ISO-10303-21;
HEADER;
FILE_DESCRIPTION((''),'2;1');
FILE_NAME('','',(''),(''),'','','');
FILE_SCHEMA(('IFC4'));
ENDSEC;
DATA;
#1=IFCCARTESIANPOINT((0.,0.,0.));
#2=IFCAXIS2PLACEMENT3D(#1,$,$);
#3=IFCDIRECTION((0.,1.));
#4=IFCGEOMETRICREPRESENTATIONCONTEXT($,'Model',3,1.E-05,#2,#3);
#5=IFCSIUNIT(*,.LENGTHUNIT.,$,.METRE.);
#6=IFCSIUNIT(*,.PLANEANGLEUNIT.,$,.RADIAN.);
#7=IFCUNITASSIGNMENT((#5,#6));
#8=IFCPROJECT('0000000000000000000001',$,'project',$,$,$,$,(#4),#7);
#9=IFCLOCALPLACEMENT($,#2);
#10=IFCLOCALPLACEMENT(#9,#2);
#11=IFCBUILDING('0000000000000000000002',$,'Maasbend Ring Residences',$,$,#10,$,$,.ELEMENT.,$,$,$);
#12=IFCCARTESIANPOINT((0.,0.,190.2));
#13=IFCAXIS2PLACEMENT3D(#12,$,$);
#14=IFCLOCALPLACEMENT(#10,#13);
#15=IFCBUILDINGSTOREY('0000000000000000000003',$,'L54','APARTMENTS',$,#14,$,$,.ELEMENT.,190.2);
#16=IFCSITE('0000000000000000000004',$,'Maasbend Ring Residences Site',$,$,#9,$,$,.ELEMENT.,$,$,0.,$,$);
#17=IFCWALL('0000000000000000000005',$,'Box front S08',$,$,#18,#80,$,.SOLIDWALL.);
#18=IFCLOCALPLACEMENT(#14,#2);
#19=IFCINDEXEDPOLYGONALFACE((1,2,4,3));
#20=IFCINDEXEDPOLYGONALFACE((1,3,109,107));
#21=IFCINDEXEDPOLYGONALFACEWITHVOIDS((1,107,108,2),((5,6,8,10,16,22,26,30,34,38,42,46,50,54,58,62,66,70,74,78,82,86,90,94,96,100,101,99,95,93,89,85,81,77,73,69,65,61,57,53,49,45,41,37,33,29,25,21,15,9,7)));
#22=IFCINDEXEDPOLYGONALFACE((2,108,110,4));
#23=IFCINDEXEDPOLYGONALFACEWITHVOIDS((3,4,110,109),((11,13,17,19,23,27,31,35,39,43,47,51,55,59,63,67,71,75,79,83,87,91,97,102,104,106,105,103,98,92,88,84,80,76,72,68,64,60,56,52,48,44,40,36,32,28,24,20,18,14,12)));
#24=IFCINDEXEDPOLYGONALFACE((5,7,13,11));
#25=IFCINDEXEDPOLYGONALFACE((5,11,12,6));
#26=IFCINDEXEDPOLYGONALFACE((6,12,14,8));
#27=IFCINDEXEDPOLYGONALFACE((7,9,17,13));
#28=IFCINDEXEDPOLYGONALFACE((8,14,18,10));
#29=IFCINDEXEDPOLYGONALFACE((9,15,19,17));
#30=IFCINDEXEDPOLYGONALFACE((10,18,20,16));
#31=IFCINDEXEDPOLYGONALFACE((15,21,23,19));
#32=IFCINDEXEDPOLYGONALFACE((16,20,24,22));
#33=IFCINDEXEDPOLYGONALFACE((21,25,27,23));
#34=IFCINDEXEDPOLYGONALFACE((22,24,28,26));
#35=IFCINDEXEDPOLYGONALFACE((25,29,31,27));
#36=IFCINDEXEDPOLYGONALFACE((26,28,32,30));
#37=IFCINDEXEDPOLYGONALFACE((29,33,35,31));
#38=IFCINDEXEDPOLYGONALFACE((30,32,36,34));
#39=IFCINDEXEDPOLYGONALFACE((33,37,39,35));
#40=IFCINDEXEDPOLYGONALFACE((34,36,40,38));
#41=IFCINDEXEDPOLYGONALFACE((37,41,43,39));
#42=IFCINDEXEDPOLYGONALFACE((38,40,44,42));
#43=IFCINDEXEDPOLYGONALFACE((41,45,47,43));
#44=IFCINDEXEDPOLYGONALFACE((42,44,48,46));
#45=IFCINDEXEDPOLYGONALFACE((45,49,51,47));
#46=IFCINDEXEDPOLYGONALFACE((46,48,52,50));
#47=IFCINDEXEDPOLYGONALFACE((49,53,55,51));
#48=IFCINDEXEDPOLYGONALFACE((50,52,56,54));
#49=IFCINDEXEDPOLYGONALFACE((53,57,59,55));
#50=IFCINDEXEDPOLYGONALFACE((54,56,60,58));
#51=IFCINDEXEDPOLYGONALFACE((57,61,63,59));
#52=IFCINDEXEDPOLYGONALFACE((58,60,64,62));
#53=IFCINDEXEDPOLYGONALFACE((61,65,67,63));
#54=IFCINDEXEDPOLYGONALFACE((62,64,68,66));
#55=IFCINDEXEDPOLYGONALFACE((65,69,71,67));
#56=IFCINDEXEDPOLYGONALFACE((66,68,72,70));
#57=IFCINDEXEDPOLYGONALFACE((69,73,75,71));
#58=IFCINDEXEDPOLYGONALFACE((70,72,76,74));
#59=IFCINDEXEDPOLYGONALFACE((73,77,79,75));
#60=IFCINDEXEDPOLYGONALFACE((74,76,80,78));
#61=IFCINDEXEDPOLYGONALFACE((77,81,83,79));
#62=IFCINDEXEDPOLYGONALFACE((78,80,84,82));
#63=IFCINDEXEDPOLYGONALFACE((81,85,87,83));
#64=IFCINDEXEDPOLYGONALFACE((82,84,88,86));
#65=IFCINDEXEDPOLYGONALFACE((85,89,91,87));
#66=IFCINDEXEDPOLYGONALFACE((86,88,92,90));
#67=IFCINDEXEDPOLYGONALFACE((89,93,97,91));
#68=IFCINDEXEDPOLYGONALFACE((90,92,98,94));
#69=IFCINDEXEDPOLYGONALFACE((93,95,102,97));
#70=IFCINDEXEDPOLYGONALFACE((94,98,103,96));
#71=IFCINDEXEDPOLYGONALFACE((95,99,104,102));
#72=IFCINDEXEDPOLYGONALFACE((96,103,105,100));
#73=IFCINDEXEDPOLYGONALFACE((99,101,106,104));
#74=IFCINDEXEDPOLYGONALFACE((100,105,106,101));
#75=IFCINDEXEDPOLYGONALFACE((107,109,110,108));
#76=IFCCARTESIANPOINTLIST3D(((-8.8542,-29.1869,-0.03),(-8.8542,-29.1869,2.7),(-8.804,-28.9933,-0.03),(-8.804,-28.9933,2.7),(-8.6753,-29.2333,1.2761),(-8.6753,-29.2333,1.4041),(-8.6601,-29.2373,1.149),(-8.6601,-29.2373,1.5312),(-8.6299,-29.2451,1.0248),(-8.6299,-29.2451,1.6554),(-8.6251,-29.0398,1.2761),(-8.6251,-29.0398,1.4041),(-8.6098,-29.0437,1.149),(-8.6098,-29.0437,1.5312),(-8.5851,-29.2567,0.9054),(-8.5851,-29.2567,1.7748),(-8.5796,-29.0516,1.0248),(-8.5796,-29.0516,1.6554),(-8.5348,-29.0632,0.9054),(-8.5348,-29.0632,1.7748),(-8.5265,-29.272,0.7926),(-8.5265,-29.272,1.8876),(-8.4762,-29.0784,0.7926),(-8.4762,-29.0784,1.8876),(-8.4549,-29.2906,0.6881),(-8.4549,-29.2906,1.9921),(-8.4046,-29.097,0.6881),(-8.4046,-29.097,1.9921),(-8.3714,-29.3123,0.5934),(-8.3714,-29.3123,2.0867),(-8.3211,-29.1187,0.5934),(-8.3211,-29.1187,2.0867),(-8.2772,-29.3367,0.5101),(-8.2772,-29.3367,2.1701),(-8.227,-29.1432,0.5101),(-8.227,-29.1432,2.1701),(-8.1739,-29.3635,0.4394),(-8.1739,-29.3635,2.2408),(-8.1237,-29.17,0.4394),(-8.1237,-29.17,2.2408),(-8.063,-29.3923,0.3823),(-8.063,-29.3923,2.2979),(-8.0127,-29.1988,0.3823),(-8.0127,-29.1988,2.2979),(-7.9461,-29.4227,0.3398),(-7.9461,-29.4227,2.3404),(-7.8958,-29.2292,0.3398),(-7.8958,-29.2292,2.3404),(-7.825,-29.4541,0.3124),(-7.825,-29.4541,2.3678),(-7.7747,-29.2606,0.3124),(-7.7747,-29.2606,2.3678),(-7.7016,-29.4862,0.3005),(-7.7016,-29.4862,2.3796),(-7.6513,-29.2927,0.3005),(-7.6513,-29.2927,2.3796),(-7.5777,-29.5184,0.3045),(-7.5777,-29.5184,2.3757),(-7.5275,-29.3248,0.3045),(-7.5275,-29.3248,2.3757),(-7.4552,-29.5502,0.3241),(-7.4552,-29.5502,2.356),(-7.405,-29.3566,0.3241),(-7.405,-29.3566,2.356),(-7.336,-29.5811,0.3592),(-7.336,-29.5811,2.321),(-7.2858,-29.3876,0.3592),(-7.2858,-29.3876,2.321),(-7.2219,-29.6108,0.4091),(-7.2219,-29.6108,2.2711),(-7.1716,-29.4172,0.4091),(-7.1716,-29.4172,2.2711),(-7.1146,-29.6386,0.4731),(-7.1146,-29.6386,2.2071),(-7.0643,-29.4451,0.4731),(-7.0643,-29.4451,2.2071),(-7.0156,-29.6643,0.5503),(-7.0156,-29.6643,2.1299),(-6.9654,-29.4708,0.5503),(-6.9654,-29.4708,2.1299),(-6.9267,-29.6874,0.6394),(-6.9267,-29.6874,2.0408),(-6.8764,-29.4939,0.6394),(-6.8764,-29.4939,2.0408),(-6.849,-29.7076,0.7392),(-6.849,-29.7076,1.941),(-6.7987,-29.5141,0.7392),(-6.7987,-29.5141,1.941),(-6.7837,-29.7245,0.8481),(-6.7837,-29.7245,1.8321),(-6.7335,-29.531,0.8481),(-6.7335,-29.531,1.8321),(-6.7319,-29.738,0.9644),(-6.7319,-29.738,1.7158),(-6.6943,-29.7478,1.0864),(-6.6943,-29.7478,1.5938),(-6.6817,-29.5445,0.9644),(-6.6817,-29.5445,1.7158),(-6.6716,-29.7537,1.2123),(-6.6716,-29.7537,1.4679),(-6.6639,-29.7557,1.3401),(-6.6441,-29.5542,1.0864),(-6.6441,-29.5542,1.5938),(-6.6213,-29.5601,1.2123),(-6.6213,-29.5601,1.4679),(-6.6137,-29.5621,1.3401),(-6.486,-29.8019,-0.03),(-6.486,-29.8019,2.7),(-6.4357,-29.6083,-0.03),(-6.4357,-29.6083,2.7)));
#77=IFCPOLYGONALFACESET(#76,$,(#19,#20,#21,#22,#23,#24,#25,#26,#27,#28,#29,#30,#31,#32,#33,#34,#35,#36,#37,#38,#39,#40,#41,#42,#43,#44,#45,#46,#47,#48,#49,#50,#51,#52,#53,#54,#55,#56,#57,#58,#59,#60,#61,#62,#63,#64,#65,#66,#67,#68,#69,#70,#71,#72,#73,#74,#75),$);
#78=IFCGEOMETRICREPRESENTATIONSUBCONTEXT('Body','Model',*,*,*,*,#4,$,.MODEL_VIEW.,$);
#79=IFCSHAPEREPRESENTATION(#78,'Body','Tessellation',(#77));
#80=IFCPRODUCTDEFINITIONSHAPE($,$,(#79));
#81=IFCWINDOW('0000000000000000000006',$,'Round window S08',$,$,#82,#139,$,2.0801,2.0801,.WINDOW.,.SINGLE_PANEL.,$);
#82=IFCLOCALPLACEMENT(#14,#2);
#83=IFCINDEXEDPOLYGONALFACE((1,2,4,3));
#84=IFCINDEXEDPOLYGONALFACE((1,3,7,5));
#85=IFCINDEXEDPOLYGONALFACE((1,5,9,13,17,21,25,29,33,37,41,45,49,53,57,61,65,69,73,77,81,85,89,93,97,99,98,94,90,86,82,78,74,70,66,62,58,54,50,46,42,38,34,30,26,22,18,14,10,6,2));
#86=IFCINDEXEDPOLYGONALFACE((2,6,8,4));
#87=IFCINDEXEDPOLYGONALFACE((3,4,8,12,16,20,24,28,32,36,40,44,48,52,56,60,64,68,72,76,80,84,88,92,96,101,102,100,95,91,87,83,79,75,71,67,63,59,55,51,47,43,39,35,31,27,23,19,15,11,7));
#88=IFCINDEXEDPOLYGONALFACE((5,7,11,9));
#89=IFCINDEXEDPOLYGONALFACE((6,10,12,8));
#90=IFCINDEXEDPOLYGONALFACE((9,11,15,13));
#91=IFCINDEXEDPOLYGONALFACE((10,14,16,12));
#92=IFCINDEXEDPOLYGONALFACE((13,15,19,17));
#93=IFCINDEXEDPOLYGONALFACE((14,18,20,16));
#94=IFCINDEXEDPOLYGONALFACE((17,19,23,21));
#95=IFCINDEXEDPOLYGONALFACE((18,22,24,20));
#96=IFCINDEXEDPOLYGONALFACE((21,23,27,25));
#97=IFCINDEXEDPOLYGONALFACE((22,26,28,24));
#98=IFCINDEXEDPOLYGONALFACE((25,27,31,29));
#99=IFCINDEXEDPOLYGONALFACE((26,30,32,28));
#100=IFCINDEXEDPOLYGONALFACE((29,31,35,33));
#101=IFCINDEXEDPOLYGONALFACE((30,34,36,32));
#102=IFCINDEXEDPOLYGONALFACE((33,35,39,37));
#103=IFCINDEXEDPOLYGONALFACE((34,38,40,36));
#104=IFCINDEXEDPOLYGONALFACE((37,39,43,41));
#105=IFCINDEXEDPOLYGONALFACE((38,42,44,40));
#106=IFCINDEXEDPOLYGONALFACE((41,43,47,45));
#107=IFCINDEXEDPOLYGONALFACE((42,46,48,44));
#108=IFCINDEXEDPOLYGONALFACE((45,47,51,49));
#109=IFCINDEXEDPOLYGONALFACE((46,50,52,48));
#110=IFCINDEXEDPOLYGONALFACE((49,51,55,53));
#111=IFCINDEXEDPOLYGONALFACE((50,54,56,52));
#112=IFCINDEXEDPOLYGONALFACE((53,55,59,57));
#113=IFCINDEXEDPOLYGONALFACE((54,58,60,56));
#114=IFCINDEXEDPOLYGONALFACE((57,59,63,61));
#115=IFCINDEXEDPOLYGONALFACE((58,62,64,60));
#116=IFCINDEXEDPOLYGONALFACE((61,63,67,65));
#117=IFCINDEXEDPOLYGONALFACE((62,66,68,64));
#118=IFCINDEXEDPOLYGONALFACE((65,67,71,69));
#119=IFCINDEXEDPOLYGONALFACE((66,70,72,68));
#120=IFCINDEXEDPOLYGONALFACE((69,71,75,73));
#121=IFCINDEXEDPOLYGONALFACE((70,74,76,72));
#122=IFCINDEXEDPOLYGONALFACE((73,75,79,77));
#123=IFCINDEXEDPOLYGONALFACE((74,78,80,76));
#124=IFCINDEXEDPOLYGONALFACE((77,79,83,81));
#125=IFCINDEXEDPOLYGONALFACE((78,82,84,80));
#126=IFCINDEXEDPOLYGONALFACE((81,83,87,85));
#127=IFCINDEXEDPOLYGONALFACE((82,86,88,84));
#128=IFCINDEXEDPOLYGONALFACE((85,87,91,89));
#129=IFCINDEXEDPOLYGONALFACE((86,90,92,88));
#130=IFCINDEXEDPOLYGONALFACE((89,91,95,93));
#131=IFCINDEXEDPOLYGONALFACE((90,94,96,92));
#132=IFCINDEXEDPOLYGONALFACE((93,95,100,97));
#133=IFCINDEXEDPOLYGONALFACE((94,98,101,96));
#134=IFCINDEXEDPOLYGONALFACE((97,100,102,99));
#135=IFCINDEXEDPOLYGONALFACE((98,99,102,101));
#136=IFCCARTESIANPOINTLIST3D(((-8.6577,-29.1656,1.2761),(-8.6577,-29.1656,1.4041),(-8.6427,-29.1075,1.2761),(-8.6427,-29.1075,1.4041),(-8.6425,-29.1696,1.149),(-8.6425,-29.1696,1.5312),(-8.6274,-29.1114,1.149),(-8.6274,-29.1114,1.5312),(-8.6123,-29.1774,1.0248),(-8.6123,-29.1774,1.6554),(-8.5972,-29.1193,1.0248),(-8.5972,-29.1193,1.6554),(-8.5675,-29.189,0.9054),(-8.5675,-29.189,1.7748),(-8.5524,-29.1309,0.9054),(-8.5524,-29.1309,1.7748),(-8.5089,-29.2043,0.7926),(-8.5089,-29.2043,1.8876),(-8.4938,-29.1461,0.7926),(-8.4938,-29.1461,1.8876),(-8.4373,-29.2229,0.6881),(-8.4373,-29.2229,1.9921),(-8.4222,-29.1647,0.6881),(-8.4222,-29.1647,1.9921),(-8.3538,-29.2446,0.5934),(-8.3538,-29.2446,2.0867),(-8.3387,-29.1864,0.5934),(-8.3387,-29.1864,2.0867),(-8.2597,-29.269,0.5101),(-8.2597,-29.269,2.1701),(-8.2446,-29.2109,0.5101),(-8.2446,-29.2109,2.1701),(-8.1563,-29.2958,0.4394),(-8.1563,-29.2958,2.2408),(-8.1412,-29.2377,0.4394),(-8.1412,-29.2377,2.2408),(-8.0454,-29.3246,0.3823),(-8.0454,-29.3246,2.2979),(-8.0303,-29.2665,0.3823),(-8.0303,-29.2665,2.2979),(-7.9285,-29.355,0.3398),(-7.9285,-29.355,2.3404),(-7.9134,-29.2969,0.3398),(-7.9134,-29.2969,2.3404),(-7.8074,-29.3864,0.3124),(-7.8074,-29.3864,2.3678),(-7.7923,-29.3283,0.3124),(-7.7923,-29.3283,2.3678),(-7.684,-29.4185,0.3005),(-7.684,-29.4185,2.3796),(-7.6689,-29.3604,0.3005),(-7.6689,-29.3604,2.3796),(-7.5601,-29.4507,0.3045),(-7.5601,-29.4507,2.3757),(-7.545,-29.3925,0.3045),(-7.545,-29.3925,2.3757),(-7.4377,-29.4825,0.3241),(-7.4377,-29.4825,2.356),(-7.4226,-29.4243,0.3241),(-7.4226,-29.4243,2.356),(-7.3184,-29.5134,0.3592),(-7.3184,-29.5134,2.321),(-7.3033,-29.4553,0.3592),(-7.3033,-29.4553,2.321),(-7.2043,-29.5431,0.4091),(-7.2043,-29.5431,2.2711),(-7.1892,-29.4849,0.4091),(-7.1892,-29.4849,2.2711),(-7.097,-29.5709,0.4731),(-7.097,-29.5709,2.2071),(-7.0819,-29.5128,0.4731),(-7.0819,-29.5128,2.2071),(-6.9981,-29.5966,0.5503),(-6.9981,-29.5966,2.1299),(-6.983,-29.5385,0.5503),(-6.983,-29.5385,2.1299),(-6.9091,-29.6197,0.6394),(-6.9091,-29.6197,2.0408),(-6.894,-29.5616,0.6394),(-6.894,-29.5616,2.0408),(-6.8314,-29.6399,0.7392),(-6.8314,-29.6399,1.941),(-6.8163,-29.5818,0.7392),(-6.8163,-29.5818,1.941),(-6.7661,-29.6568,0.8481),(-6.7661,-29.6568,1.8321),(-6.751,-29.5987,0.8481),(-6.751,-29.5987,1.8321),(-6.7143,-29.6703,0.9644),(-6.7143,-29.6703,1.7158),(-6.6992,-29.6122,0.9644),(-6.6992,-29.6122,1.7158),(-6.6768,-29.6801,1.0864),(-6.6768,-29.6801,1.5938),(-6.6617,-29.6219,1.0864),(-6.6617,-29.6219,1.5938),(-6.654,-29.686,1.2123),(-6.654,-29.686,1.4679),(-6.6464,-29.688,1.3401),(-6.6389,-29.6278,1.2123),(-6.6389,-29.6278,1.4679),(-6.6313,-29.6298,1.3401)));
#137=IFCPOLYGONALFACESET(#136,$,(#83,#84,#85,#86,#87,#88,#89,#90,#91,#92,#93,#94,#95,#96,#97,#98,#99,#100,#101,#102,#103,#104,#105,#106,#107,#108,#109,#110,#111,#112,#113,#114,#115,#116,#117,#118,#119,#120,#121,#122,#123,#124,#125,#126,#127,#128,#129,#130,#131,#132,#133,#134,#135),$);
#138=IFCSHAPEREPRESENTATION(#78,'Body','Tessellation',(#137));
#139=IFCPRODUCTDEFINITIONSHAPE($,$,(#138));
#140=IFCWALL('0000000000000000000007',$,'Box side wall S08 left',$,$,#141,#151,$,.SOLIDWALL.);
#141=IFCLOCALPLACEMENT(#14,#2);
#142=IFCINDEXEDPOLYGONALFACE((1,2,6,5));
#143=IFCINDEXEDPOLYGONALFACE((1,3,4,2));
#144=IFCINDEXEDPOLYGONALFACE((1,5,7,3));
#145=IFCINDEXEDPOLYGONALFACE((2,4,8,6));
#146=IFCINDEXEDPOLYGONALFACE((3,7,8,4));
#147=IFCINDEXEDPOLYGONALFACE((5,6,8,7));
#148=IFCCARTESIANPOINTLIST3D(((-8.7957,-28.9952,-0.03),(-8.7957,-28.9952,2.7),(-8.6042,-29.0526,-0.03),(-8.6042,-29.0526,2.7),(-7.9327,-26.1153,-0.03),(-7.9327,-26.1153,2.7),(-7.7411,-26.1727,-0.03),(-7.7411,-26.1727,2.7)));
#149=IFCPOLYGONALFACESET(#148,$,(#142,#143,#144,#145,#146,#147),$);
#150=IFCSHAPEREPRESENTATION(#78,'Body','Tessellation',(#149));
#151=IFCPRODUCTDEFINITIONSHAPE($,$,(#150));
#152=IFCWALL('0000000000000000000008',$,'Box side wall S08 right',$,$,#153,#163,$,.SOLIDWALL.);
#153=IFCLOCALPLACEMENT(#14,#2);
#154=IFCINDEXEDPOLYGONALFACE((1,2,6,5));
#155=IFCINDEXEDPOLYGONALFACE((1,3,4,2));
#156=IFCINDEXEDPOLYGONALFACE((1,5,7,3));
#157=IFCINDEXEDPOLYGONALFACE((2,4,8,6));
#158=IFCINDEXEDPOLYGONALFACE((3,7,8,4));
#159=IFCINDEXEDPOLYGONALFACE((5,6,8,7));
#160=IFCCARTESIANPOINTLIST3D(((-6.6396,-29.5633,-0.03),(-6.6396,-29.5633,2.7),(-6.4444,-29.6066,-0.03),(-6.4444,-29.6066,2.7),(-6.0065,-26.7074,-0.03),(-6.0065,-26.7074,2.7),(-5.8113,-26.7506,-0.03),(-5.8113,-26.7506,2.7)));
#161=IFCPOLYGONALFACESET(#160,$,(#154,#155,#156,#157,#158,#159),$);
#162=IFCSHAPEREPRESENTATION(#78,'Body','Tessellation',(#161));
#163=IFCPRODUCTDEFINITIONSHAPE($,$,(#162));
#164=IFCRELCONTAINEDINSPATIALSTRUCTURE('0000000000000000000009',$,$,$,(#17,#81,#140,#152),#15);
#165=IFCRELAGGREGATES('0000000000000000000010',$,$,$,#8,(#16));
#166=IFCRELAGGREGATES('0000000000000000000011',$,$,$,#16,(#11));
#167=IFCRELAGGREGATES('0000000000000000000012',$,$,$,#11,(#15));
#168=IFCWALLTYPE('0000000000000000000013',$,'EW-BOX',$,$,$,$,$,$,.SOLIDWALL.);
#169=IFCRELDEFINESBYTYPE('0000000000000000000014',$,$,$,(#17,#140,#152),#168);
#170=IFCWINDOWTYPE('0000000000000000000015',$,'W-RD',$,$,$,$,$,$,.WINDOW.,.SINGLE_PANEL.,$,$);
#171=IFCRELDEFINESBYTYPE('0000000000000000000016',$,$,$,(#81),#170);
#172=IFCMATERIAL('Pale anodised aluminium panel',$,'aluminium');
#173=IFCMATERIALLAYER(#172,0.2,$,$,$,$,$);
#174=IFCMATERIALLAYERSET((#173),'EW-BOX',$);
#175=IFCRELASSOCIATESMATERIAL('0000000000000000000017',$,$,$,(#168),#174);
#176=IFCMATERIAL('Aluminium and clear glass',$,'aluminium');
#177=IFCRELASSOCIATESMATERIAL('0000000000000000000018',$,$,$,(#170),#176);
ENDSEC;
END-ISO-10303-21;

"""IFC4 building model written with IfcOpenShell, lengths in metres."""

from ifc_helpers import new_model, si_unit, direction, frame, frame_2d, origin, place, context, subcontext, project, spatial, rectangle, circle, extrude, material, layer, layer_set, type_object, element, fill, save


model = new_model("IFC4")

# Units and contexts
model_context = context("Model", 3, precision=1e-05, world=origin(), true_north=direction((0.0, 1.0)))
body_context = subcontext(model_context, "Body", "Model", "MODEL_VIEW")
ifc_project = project(units=[si_unit("LENGTHUNIT", "METRE"), si_unit("PLANEANGLEUNIT", "RADIAN")], contexts=[model_context])

# Site, building, storey
site_placement = place(None, origin())
site = spatial("IfcSite", under=ifc_project, at=site_placement, Name="Maasbend Ring Residences Site", CompositionType="ELEMENT", RefElevation=0.0)
building_placement = place(site_placement, origin())
building = spatial("IfcBuilding", under=site, at=building_placement, Name="Maasbend Ring Residences", CompositionType="ELEMENT")
storey_placement = place(building_placement, frame((0.0, 0.0, 190.2)))
storey = spatial("IfcBuildingStorey", under=building, at=storey_placement, Name="L54", Description="APARTMENTS", CompositionType="ELEMENT", Elevation=190.2)

# Wall, opening, window
ifc_material_1 = material(Name="Pale anodised aluminium panel", Category="aluminium")
ifc_layer_1 = layer(ifc_material_1, 0.2)
ifc_layer_set_1 = layer_set([ifc_layer_1], Name="EW-BOX")
wall_type_1 = type_object("IfcWallType", Name="EW-BOX", PredefinedType="SOLIDWALL", material=ifc_layer_set_1)
wall_1_placement = place(storey_placement, frame((-8.8291, -29.0901, -0.03), z_axis=(0.0, 0.0, 1.0), x_axis=(0.967895, -0.251353, 0.0)))
wall_1 = element("IfcWall", 1, at=wall_1_placement, inside=storey, type_object=wall_type_1, Name="Box front S08", PredefinedType="SOLIDWALL", context=body_context, shape_type="SweptSolid", body=[
    extrude(rectangle(XDim=2.4468, YDim=0.2, at=frame_2d((1.2234, 0.0))), origin(), (0.0, 0.0, 1.0), 2.73),
])
opening_1_placement = place(wall_1_placement, frame((0.1829, 0.0, 0.3301)))
opening_1 = element("IfcOpeningElement", 2, at=opening_1_placement, cuts=wall_1, PredefinedType="OPENING", context=body_context, shape_type="SweptSolid", body=[
    extrude(circle(Radius=1.04, at=frame_2d((1.04, 1.04))), frame((0.0, 0.1099, 0.0), z_axis=(0.0, -1.0, 0.0), x_axis=(1.0, 0.0, 0.0)), (0.0, 0.0, 1.0), 0.22),
])
ifc_material_2 = material(Name="Aluminium and clear glass", Category="aluminium")
window_type_1 = type_object("IfcWindowType", Name="W-RD", PartitioningType="SINGLE_PANEL", PredefinedType="WINDOW", material=ifc_material_2)
window_1_placement = place(opening_1_placement, origin())
window_1 = element("IfcWindow", 3, at=window_1_placement, inside=storey, type_object=window_type_1, Name="Round window S08", OverallHeight=2.0801, OverallWidth=2.0801, PartitioningType="SINGLE_PANEL", PredefinedType="WINDOW", context=body_context, shape_type="SweptSolid", body=[
    extrude(circle(Radius=1.04, at=frame_2d((1.04, 1.04))), frame((0.0, 0.03, 0.0), z_axis=(0.0, -1.0, 0.0), x_axis=(1.0, 0.0, 0.0)), (0.0, 0.0, 1.0), 0.0601),
])
fill(opening_1, window_1)

# Walls
wall_2_placement = place(storey_placement, frame((-7.8369, -26.144, -0.03), z_axis=(0.0, 0.0, 1.0), x_axis=(-0.287065, -0.957911, 0.0)))
element("IfcWall", 4, at=wall_2_placement, inside=storey, type_object=wall_type_1, Name="Box side wall S08 left", PredefinedType="SOLIDWALL", context=body_context, shape_type="SweptSolid", body=[
    extrude(rectangle(XDim=3.0063, YDim=0.2, at=frame_2d((1.5032, 0.0))), origin(), (0.0, 0.0, 1.0), 2.73),
])
wall_3_placement = place(storey_placement, frame((-5.9089, -26.729, -0.03), z_axis=(0.0, 0.0, 1.0), x_axis=(-0.216409, -0.976303, 0.0)))
element("IfcWall", 5, at=wall_3_placement, inside=storey, type_object=wall_type_1, Name="Box side wall S08 right", PredefinedType="SOLIDWALL", context=body_context, shape_type="SweptSolid", body=[
    extrude(rectangle(XDim=2.9253, YDim=0.2, at=frame_2d((1.4626, 0.0))), origin(), (0.0, 0.0, 1.0), 2.73),
])

save(model, "model.ifc")
